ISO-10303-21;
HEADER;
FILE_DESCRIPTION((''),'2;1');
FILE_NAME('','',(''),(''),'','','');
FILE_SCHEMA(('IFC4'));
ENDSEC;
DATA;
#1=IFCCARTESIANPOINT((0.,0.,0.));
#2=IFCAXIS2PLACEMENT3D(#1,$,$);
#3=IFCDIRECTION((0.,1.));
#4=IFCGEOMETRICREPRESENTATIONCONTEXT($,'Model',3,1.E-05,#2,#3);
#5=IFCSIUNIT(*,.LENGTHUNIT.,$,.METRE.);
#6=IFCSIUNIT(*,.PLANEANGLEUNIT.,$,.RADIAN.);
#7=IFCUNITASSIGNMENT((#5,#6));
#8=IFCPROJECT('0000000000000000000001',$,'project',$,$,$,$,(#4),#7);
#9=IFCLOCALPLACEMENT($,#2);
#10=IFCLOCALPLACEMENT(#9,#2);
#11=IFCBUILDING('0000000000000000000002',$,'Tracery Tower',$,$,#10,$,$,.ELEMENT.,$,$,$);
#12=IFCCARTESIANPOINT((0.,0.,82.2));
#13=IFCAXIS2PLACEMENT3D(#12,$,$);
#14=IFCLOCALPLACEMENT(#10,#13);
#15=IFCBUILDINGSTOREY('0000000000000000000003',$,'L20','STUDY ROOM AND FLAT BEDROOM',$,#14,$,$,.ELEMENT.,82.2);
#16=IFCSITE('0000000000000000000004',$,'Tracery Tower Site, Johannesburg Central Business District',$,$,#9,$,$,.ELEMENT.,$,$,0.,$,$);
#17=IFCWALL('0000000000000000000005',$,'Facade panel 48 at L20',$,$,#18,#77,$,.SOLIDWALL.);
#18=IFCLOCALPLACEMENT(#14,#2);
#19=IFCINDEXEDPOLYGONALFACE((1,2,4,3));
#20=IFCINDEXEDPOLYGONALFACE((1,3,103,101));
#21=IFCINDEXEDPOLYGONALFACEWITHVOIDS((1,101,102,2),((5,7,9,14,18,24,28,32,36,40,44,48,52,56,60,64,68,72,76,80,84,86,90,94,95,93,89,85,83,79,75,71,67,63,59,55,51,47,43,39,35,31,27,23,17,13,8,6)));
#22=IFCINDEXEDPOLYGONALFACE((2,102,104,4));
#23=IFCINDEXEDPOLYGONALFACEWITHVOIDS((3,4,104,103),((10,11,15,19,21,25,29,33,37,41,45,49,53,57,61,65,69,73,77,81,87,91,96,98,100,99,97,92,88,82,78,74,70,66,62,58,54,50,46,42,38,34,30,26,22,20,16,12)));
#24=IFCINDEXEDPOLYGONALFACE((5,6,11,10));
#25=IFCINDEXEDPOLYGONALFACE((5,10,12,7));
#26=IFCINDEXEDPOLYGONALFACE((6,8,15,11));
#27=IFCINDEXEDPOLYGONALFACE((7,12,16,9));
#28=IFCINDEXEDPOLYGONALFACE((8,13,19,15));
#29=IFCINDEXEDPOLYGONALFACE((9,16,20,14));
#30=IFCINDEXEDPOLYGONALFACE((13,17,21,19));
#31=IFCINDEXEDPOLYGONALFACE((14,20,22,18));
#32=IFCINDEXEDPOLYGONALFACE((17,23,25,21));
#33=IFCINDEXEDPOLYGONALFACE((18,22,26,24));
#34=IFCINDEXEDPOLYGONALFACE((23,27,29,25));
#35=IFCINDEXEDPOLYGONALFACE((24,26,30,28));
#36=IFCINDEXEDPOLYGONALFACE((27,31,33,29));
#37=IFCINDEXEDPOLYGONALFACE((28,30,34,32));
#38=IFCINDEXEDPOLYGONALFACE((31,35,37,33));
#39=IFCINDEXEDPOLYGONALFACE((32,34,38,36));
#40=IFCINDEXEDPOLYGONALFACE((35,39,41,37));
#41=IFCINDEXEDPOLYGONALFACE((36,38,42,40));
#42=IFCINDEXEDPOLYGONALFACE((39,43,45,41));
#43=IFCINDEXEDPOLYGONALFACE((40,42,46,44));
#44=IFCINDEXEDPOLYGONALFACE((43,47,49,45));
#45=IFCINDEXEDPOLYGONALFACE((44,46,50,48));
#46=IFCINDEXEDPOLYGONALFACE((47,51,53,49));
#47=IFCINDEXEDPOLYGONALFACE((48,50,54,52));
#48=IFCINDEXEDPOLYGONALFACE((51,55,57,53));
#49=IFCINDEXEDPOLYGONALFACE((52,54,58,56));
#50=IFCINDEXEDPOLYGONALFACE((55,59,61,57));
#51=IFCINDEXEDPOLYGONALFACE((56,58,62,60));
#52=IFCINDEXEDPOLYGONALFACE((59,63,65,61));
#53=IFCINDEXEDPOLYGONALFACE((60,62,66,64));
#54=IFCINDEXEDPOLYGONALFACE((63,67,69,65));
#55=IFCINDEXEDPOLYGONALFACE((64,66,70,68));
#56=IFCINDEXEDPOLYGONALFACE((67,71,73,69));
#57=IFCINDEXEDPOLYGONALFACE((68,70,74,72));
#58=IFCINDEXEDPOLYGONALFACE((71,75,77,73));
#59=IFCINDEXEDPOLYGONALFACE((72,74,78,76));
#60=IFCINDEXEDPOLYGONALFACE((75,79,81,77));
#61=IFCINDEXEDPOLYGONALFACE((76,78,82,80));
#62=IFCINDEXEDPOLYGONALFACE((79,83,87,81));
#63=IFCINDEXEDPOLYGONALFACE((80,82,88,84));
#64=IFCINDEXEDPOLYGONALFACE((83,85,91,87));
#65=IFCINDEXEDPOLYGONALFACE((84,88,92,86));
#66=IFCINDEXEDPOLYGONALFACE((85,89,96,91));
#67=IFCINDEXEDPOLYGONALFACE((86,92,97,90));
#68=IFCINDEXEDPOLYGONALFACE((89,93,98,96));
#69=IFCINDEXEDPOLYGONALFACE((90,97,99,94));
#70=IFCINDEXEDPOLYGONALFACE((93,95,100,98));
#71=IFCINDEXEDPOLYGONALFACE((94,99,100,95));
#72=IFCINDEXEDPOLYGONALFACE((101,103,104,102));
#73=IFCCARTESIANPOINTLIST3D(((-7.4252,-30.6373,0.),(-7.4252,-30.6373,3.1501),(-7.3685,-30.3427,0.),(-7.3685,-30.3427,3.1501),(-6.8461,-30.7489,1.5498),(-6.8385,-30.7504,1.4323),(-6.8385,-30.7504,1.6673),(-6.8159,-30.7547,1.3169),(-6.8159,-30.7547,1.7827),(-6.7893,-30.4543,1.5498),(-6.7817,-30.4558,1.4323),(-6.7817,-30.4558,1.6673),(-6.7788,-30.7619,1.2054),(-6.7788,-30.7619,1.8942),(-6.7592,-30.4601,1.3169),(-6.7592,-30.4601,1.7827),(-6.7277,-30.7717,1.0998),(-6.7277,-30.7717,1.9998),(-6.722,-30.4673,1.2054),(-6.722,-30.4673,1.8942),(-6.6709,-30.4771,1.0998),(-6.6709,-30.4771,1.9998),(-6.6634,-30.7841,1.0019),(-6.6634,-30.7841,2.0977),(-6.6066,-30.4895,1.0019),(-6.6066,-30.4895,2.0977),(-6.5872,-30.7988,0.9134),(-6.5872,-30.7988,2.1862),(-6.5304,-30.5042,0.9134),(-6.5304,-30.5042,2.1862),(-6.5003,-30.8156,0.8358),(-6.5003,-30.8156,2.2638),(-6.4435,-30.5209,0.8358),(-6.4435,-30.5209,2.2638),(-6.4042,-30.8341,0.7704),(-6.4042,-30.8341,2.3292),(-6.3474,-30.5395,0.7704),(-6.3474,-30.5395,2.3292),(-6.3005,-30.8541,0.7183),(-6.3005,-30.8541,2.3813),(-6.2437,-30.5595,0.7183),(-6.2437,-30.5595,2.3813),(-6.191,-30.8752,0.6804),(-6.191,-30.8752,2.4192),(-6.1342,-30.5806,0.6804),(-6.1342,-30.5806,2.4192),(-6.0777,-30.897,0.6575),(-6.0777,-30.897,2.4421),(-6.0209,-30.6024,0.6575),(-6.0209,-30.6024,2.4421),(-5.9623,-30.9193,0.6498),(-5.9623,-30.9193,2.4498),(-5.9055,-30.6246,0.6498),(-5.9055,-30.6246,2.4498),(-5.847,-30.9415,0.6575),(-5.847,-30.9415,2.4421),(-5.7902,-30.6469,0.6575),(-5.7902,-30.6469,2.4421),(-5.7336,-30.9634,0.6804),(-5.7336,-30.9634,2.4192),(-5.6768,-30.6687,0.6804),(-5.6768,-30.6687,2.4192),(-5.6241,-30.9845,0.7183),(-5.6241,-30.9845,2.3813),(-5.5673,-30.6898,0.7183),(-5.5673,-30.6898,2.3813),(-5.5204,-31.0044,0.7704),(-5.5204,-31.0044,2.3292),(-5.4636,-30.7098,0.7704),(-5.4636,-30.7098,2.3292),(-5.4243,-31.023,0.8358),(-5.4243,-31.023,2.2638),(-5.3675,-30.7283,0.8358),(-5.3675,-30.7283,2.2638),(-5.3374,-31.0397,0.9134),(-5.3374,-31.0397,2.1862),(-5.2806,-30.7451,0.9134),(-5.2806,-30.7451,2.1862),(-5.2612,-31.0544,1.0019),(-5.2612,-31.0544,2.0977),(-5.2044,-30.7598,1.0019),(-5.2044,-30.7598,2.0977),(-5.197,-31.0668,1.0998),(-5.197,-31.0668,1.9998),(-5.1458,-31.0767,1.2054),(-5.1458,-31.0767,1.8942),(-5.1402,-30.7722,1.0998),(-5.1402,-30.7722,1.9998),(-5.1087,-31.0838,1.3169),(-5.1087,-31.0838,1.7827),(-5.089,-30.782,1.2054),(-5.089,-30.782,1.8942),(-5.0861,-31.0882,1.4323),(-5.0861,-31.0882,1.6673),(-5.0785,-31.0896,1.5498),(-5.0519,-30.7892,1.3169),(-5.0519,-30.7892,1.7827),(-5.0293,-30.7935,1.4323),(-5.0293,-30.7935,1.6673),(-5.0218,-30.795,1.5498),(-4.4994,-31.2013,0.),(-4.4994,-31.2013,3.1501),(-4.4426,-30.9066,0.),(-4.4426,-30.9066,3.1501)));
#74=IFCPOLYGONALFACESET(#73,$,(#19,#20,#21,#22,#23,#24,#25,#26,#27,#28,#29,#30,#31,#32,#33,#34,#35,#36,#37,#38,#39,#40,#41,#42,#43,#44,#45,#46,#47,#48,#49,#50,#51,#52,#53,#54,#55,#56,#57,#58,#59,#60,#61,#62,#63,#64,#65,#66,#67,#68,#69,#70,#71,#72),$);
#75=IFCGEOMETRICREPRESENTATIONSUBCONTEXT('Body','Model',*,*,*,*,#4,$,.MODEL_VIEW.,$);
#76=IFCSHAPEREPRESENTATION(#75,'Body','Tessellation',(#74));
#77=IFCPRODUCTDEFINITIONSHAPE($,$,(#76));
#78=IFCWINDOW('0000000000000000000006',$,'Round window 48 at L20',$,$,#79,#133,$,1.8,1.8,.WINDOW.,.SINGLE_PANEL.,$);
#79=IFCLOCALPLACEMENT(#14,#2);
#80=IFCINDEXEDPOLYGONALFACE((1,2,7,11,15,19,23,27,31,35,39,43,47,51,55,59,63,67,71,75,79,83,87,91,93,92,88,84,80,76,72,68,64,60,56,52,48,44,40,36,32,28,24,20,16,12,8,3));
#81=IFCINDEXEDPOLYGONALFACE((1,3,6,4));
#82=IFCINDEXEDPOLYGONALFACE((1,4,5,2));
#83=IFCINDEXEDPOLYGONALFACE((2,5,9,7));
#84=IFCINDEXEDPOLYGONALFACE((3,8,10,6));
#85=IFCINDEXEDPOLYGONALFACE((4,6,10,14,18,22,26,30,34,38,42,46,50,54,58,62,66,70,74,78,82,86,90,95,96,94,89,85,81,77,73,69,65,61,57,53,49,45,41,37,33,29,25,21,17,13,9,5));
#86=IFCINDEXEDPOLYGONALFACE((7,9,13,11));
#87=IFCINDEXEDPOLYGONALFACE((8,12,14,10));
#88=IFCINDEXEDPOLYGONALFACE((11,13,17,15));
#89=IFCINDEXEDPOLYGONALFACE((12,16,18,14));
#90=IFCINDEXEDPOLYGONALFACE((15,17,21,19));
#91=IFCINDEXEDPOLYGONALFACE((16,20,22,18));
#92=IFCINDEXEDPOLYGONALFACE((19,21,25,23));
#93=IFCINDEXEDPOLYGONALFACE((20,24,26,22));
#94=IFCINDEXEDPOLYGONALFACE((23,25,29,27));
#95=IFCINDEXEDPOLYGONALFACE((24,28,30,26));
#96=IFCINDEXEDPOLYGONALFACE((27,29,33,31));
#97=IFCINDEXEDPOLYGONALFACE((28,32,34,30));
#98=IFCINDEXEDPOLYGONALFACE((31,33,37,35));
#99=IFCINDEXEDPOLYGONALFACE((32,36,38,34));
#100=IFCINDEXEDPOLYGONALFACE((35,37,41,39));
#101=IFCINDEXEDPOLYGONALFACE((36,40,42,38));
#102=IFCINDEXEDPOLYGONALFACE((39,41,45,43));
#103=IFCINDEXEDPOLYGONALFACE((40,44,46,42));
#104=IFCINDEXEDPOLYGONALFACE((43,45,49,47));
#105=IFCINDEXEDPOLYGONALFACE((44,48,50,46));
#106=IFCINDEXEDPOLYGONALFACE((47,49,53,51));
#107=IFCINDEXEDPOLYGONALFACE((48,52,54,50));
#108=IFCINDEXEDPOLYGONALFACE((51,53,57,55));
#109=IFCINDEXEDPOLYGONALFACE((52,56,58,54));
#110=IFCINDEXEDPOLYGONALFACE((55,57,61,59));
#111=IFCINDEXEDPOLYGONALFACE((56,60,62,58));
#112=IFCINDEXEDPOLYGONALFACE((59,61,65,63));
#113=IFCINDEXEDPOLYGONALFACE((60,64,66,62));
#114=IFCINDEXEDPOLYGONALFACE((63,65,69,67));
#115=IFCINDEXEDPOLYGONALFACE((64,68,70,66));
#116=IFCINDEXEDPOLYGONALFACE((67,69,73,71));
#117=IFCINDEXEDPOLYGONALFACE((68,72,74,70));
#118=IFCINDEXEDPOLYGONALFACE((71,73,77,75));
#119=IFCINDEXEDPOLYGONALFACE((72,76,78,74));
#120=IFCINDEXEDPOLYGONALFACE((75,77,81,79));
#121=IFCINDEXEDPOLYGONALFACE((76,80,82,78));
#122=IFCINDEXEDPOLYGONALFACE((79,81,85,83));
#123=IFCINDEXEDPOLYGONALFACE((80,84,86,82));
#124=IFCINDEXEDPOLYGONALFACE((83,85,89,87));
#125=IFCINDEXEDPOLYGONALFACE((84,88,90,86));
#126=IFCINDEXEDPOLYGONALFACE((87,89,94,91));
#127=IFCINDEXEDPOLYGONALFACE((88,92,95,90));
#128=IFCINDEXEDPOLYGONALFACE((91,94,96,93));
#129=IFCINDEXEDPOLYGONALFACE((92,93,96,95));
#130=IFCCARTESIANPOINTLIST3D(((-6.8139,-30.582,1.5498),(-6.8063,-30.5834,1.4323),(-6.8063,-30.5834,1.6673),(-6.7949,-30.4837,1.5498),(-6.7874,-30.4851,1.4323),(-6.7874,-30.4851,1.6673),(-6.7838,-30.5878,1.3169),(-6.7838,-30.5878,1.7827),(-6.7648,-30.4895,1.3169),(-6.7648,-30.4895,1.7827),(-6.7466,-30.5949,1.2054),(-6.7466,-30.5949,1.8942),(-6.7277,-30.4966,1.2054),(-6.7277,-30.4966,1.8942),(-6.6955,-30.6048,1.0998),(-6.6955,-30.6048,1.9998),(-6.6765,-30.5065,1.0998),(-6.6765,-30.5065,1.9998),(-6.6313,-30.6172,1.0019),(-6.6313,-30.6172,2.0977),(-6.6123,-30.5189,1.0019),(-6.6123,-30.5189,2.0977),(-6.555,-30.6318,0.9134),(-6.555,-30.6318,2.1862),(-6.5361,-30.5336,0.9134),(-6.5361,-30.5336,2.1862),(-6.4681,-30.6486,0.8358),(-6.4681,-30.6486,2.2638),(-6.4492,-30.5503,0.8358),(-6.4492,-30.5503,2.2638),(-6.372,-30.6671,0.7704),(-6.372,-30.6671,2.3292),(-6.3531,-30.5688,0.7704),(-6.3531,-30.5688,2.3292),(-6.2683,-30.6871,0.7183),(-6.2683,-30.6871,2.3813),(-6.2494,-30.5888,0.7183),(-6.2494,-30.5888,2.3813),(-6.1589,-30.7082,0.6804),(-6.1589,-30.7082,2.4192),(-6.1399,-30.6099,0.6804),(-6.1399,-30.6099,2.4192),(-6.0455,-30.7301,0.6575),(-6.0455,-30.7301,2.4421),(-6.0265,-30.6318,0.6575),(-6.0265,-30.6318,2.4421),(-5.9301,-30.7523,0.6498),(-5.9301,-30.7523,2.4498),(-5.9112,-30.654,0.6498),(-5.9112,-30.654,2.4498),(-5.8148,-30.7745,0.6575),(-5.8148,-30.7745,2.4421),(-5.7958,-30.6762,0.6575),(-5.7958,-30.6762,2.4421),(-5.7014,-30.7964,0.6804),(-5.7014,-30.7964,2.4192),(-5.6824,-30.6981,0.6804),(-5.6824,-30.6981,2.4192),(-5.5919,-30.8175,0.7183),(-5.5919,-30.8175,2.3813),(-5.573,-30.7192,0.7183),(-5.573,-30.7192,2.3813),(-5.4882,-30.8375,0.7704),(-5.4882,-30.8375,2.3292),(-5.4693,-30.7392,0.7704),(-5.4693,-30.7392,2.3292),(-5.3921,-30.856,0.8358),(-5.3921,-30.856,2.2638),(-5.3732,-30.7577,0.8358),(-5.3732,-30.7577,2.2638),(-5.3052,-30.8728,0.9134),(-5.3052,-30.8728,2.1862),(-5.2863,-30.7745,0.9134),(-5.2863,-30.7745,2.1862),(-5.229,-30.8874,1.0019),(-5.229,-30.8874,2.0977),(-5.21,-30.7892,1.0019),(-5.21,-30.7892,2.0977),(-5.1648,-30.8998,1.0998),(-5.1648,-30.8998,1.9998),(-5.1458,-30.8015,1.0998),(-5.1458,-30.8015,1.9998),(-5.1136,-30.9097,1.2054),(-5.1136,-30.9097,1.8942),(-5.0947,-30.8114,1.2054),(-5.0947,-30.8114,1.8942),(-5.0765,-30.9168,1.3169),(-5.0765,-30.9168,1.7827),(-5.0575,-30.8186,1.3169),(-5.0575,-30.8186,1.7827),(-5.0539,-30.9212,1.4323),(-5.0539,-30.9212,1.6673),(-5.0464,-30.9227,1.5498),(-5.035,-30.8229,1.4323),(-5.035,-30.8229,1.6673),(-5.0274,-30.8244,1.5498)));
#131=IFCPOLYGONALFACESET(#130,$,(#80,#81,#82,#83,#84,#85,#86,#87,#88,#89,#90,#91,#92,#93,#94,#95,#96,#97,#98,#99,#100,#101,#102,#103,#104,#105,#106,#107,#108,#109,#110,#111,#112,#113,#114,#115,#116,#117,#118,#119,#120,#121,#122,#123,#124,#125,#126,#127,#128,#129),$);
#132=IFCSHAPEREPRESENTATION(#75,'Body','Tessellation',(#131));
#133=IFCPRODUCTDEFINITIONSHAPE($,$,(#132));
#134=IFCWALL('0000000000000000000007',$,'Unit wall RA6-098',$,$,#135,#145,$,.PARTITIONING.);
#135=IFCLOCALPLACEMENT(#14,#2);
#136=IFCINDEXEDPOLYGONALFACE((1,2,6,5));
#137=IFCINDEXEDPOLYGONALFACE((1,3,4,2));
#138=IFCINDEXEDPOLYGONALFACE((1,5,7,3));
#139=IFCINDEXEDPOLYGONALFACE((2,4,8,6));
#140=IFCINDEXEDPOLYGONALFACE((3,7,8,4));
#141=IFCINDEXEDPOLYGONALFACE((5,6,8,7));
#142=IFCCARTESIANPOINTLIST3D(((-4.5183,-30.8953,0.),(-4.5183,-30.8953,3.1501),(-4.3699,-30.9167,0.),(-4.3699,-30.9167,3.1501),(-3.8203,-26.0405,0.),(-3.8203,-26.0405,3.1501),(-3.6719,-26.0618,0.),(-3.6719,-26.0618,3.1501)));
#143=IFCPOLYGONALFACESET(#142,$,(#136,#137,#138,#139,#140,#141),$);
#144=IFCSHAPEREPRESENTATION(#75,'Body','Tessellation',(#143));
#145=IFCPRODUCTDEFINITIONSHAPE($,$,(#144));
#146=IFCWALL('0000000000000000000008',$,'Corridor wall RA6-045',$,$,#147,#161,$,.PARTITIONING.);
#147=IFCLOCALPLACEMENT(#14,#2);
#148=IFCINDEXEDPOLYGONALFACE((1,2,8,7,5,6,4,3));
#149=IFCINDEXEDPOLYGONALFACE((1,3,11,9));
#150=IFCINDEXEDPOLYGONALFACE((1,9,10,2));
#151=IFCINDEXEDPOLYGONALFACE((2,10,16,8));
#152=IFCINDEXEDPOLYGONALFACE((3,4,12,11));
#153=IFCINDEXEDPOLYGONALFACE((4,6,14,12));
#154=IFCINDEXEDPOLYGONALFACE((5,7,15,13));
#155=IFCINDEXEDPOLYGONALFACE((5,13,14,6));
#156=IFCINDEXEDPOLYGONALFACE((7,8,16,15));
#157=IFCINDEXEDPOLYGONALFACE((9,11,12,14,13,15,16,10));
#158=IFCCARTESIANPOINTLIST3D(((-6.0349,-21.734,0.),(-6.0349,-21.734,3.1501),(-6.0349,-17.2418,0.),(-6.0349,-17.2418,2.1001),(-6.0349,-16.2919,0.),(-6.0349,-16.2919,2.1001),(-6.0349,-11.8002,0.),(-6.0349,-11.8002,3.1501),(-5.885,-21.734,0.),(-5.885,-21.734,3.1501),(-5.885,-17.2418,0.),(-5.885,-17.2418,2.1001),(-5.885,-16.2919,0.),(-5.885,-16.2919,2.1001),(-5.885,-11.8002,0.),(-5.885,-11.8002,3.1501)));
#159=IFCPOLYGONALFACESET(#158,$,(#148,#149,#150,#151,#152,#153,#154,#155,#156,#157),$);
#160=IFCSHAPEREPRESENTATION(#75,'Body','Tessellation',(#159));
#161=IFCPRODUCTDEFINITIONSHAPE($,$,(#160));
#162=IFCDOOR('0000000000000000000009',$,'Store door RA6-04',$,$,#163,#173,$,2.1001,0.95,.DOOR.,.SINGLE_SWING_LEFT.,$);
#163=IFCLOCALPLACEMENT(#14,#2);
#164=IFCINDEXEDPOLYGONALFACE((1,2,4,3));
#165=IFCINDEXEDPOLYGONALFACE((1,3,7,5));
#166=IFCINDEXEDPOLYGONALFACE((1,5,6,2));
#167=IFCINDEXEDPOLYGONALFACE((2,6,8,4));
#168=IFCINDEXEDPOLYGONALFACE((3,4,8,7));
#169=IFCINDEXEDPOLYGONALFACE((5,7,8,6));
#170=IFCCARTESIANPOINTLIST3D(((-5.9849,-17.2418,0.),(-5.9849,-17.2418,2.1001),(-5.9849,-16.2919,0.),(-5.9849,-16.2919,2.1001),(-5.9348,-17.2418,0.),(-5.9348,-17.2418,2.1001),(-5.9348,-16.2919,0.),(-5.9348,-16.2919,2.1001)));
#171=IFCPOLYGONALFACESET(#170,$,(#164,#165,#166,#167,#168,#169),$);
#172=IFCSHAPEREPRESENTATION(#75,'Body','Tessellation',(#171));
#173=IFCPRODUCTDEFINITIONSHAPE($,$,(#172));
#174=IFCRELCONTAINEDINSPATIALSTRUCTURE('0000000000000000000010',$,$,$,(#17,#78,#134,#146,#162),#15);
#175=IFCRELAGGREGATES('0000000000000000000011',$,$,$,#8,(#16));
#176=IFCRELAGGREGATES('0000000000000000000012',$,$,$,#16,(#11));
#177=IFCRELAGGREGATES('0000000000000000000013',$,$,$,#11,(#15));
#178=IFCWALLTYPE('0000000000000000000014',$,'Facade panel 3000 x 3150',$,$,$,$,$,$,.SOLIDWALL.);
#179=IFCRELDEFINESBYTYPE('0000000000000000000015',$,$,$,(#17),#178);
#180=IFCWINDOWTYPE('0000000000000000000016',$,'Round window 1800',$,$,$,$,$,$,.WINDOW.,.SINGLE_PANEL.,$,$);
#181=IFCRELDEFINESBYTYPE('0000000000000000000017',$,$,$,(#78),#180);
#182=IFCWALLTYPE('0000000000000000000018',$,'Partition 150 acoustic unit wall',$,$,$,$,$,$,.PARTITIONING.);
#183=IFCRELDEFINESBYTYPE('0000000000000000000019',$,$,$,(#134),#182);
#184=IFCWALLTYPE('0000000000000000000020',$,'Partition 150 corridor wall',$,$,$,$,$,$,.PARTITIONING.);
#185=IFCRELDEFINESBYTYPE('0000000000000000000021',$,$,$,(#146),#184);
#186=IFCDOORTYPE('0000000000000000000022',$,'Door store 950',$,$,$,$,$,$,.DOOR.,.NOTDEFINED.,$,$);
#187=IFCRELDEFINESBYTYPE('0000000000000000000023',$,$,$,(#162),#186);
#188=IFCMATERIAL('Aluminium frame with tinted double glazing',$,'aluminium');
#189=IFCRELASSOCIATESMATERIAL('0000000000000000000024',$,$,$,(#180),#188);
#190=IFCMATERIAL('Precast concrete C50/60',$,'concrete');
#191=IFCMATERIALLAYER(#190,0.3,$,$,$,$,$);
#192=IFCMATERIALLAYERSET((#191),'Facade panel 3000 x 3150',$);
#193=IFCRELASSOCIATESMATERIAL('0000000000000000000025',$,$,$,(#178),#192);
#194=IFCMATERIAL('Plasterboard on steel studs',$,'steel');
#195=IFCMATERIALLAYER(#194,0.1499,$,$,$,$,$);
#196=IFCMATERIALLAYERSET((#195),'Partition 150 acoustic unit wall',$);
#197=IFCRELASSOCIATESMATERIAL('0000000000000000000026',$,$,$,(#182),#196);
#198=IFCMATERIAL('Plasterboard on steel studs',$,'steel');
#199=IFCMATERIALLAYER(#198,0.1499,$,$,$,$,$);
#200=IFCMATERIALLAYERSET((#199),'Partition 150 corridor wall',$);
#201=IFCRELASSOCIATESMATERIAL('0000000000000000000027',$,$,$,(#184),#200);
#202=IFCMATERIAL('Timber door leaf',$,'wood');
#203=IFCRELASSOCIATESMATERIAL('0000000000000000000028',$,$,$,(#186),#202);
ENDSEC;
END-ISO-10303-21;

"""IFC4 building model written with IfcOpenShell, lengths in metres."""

from ifc_helpers import new_model, si_unit, direction, frame, frame_2d, origin, origin_2d, place, context, subcontext, project, spatial, rectangle, circle, extrude, material, layer, layer_set, type_object, element, fill, save


model = new_model("IFC4")

# Units and contexts
model_context = context("Model", 3, precision=1e-05, world=origin(), true_north=direction((0.0, 1.0)))
body_context = subcontext(model_context, "Body", "Model", "MODEL_VIEW")
ifc_project = project(units=[si_unit("LENGTHUNIT", "METRE"), si_unit("PLANEANGLEUNIT", "RADIAN")], contexts=[model_context])

# Site, building, storey
site_placement = place(None, origin())
site = spatial("IfcSite", under=ifc_project, at=site_placement, Name="Tracery Tower Site, Johannesburg Central Business District", CompositionType="ELEMENT", RefElevation=0.0)
building_placement = place(site_placement, origin())
building = spatial("IfcBuilding", under=site, at=building_placement, Name="Tracery Tower", CompositionType="ELEMENT")
storey_placement = place(building_placement, frame((0.0, 0.0, 82.2)))
storey = spatial("IfcBuildingStorey", under=building, at=storey_placement, Name="L20", Description="STUDY ROOM AND FLAT BEDROOM", CompositionType="ELEMENT", Elevation=82.2)

# Wall, opening, window
ifc_material_1 = material(Name="Aluminium frame with tinted double glazing", Category="aluminium")
window_type = type_object("IfcWindowType", Name="Round window 1800", PartitioningType="SINGLE_PANEL", PredefinedType="WINDOW", material=ifc_material_1)
ifc_material_2 = material(Name="Precast concrete C50/60", Category="concrete")
ifc_layer_1 = layer(ifc_material_2, 0.3)
ifc_layer_set_1 = layer_set([ifc_layer_1], Name="Facade panel 3000 x 3150")
wall_type_1 = type_object("IfcWallType", Name="Facade panel 3000 x 3150", PredefinedType="SOLIDWALL", material=ifc_layer_set_1)
wall_1_placement = place(storey_placement, frame((-7.3967, -30.49, 0.0), z_axis=(0.0, 0.0, 1.0), x_axis=(0.981925, -0.189273, 0.0)))
wall_1 = element("IfcWall", 1, at=wall_1_placement, inside=storey, type_object=wall_type_1, Name="Facade panel 48 at L20", PredefinedType="SOLIDWALL", context=body_context, shape_type="SweptSolid", body=[
    extrude(rectangle(XDim=2.9797, YDim=0.3, at=frame_2d((1.4897, 0.0))), origin(), (0.0, 0.0, 1.0), 3.1501),
])
opening_1_placement = place(wall_1_placement, frame((1.4897, 0.0, 1.5498)))
opening_1 = element("IfcOpeningElement", 2, at=opening_1_placement, cuts=wall_1, PredefinedType="OPENING", context=body_context, shape_type="SweptSolid", body=[
    extrude(circle(Radius=0.9, at=origin_2d()), frame((0.0, 0.1599, 0.0), z_axis=(0.0, -1.0, 0.0), x_axis=(1.0, 0.0, 0.0)), (0.0, 0.0, 1.0), 0.3201),
])
window_1_placement = place(opening_1_placement, origin())
window_1 = element("IfcWindow", 3, at=window_1_placement, inside=storey, type_object=window_type, Name="Round window 48 at L20", OverallHeight=1.8, OverallWidth=1.8, PartitioningType="SINGLE_PANEL", PredefinedType="WINDOW", context=body_context, shape_type="SweptSolid", body=[
    extrude(circle(Radius=0.9, at=origin_2d()), frame((0.0, 0.1201, 0.0), z_axis=(0.0, -1.0, 0.0), x_axis=(1.0, 0.0, 0.0)), (0.0, 0.0, 1.0), 0.1001),
])
fill(opening_1, window_1)

# Wall
ifc_material_3 = material(Name="Plasterboard on steel studs", Category="steel")
ifc_layer_2 = layer(ifc_material_3, 0.1499)
ifc_layer_set_2 = layer_set([ifc_layer_2], Name="Partition 150 acoustic unit wall")
wall_type_2 = type_object("IfcWallType", Name="Partition 150 acoustic unit wall", PredefinedType="PARTITIONING", material=ifc_layer_set_2)
wall_2_placement = place(storey_placement, frame((-4.4441, -30.906, 0.0), z_axis=(0.0, 0.0, 1.0), x_axis=(0.142306, 0.989823, 0.0)))
element("IfcWall", 4, at=wall_2_placement, inside=storey, type_object=wall_type_2, Name="Unit wall RA6-098", PredefinedType="PARTITIONING", context=body_context, shape_type="SweptSolid", body=[
    extrude(rectangle(XDim=4.9048, YDim=0.1499, at=frame_2d((2.4524, 0.0))), origin(), (0.0, 0.0, 1.0), 3.1501),
])

# Wall, opening, door
ifc_material_4 = material(Name="Plasterboard on steel studs", Category="steel")
ifc_layer_3 = layer(ifc_material_4, 0.1499)
ifc_layer_set_3 = layer_set([ifc_layer_3], Name="Partition 150 corridor wall")
wall_type_3 = type_object("IfcWallType", Name="Partition 150 corridor wall", PredefinedType="PARTITIONING", material=ifc_layer_set_3)
wall_3_placement = place(storey_placement, frame((-5.96, -21.7339, 0.0), z_axis=(0.0, 0.0, 1.0), x_axis=(0.0, 1.0, 0.0)))
wall_3 = element("IfcWall", 5, at=wall_3_placement, inside=storey, type_object=wall_type_3, Name="Corridor wall RA6-045", PredefinedType="PARTITIONING", context=body_context, shape_type="SweptSolid", body=[
    extrude(rectangle(XDim=9.9338, YDim=0.1499, at=frame_2d((4.9668, 0.0))), origin(), (0.0, 0.0, 1.0), 3.1501),
])
opening_2_placement = place(wall_3_placement, frame((4.4919, 0.0, 0.0)))
opening_2 = element("IfcOpeningElement", 6, at=opening_2_placement, cuts=wall_3, PredefinedType="OPENING", context=body_context, shape_type="SweptSolid", body=[
    extrude(rectangle(XDim=0.95, YDim=2.1001, at=frame_2d((0.4751, 1.05))), frame((0.0, 0.075, 0.0), z_axis=(0.0, -1.0, 0.0), x_axis=(1.0, 0.0, 0.0)), (0.0, 0.0, 1.0), 0.1499),
])
ifc_material_5 = material(Name="Timber door leaf", Category="wood")
door_type_1 = type_object("IfcDoorType", Name="Door store 950", OperationType="NOTDEFINED", PredefinedType="DOOR", material=ifc_material_5)
door_1_placement = place(opening_2_placement, origin())
door_1 = element("IfcDoor", 7, at=door_1_placement, inside=storey, type_object=door_type_1, Name="Store door RA6-04", OperationType="SINGLE_SWING_LEFT", OverallHeight=2.1001, OverallWidth=0.95, PredefinedType="DOOR", context=body_context, shape_type="SweptSolid", body=[
    extrude(rectangle(XDim=0.95, YDim=2.1001, at=frame_2d((0.4751, 1.05))), frame((0.0, 0.0249, 0.0), z_axis=(0.0, -1.0, 0.0), x_axis=(1.0, 0.0, 0.0)), (0.0, 0.0, 1.0), 0.05),
])
fill(opening_2, door_1)

save(model, "model.ifc")
